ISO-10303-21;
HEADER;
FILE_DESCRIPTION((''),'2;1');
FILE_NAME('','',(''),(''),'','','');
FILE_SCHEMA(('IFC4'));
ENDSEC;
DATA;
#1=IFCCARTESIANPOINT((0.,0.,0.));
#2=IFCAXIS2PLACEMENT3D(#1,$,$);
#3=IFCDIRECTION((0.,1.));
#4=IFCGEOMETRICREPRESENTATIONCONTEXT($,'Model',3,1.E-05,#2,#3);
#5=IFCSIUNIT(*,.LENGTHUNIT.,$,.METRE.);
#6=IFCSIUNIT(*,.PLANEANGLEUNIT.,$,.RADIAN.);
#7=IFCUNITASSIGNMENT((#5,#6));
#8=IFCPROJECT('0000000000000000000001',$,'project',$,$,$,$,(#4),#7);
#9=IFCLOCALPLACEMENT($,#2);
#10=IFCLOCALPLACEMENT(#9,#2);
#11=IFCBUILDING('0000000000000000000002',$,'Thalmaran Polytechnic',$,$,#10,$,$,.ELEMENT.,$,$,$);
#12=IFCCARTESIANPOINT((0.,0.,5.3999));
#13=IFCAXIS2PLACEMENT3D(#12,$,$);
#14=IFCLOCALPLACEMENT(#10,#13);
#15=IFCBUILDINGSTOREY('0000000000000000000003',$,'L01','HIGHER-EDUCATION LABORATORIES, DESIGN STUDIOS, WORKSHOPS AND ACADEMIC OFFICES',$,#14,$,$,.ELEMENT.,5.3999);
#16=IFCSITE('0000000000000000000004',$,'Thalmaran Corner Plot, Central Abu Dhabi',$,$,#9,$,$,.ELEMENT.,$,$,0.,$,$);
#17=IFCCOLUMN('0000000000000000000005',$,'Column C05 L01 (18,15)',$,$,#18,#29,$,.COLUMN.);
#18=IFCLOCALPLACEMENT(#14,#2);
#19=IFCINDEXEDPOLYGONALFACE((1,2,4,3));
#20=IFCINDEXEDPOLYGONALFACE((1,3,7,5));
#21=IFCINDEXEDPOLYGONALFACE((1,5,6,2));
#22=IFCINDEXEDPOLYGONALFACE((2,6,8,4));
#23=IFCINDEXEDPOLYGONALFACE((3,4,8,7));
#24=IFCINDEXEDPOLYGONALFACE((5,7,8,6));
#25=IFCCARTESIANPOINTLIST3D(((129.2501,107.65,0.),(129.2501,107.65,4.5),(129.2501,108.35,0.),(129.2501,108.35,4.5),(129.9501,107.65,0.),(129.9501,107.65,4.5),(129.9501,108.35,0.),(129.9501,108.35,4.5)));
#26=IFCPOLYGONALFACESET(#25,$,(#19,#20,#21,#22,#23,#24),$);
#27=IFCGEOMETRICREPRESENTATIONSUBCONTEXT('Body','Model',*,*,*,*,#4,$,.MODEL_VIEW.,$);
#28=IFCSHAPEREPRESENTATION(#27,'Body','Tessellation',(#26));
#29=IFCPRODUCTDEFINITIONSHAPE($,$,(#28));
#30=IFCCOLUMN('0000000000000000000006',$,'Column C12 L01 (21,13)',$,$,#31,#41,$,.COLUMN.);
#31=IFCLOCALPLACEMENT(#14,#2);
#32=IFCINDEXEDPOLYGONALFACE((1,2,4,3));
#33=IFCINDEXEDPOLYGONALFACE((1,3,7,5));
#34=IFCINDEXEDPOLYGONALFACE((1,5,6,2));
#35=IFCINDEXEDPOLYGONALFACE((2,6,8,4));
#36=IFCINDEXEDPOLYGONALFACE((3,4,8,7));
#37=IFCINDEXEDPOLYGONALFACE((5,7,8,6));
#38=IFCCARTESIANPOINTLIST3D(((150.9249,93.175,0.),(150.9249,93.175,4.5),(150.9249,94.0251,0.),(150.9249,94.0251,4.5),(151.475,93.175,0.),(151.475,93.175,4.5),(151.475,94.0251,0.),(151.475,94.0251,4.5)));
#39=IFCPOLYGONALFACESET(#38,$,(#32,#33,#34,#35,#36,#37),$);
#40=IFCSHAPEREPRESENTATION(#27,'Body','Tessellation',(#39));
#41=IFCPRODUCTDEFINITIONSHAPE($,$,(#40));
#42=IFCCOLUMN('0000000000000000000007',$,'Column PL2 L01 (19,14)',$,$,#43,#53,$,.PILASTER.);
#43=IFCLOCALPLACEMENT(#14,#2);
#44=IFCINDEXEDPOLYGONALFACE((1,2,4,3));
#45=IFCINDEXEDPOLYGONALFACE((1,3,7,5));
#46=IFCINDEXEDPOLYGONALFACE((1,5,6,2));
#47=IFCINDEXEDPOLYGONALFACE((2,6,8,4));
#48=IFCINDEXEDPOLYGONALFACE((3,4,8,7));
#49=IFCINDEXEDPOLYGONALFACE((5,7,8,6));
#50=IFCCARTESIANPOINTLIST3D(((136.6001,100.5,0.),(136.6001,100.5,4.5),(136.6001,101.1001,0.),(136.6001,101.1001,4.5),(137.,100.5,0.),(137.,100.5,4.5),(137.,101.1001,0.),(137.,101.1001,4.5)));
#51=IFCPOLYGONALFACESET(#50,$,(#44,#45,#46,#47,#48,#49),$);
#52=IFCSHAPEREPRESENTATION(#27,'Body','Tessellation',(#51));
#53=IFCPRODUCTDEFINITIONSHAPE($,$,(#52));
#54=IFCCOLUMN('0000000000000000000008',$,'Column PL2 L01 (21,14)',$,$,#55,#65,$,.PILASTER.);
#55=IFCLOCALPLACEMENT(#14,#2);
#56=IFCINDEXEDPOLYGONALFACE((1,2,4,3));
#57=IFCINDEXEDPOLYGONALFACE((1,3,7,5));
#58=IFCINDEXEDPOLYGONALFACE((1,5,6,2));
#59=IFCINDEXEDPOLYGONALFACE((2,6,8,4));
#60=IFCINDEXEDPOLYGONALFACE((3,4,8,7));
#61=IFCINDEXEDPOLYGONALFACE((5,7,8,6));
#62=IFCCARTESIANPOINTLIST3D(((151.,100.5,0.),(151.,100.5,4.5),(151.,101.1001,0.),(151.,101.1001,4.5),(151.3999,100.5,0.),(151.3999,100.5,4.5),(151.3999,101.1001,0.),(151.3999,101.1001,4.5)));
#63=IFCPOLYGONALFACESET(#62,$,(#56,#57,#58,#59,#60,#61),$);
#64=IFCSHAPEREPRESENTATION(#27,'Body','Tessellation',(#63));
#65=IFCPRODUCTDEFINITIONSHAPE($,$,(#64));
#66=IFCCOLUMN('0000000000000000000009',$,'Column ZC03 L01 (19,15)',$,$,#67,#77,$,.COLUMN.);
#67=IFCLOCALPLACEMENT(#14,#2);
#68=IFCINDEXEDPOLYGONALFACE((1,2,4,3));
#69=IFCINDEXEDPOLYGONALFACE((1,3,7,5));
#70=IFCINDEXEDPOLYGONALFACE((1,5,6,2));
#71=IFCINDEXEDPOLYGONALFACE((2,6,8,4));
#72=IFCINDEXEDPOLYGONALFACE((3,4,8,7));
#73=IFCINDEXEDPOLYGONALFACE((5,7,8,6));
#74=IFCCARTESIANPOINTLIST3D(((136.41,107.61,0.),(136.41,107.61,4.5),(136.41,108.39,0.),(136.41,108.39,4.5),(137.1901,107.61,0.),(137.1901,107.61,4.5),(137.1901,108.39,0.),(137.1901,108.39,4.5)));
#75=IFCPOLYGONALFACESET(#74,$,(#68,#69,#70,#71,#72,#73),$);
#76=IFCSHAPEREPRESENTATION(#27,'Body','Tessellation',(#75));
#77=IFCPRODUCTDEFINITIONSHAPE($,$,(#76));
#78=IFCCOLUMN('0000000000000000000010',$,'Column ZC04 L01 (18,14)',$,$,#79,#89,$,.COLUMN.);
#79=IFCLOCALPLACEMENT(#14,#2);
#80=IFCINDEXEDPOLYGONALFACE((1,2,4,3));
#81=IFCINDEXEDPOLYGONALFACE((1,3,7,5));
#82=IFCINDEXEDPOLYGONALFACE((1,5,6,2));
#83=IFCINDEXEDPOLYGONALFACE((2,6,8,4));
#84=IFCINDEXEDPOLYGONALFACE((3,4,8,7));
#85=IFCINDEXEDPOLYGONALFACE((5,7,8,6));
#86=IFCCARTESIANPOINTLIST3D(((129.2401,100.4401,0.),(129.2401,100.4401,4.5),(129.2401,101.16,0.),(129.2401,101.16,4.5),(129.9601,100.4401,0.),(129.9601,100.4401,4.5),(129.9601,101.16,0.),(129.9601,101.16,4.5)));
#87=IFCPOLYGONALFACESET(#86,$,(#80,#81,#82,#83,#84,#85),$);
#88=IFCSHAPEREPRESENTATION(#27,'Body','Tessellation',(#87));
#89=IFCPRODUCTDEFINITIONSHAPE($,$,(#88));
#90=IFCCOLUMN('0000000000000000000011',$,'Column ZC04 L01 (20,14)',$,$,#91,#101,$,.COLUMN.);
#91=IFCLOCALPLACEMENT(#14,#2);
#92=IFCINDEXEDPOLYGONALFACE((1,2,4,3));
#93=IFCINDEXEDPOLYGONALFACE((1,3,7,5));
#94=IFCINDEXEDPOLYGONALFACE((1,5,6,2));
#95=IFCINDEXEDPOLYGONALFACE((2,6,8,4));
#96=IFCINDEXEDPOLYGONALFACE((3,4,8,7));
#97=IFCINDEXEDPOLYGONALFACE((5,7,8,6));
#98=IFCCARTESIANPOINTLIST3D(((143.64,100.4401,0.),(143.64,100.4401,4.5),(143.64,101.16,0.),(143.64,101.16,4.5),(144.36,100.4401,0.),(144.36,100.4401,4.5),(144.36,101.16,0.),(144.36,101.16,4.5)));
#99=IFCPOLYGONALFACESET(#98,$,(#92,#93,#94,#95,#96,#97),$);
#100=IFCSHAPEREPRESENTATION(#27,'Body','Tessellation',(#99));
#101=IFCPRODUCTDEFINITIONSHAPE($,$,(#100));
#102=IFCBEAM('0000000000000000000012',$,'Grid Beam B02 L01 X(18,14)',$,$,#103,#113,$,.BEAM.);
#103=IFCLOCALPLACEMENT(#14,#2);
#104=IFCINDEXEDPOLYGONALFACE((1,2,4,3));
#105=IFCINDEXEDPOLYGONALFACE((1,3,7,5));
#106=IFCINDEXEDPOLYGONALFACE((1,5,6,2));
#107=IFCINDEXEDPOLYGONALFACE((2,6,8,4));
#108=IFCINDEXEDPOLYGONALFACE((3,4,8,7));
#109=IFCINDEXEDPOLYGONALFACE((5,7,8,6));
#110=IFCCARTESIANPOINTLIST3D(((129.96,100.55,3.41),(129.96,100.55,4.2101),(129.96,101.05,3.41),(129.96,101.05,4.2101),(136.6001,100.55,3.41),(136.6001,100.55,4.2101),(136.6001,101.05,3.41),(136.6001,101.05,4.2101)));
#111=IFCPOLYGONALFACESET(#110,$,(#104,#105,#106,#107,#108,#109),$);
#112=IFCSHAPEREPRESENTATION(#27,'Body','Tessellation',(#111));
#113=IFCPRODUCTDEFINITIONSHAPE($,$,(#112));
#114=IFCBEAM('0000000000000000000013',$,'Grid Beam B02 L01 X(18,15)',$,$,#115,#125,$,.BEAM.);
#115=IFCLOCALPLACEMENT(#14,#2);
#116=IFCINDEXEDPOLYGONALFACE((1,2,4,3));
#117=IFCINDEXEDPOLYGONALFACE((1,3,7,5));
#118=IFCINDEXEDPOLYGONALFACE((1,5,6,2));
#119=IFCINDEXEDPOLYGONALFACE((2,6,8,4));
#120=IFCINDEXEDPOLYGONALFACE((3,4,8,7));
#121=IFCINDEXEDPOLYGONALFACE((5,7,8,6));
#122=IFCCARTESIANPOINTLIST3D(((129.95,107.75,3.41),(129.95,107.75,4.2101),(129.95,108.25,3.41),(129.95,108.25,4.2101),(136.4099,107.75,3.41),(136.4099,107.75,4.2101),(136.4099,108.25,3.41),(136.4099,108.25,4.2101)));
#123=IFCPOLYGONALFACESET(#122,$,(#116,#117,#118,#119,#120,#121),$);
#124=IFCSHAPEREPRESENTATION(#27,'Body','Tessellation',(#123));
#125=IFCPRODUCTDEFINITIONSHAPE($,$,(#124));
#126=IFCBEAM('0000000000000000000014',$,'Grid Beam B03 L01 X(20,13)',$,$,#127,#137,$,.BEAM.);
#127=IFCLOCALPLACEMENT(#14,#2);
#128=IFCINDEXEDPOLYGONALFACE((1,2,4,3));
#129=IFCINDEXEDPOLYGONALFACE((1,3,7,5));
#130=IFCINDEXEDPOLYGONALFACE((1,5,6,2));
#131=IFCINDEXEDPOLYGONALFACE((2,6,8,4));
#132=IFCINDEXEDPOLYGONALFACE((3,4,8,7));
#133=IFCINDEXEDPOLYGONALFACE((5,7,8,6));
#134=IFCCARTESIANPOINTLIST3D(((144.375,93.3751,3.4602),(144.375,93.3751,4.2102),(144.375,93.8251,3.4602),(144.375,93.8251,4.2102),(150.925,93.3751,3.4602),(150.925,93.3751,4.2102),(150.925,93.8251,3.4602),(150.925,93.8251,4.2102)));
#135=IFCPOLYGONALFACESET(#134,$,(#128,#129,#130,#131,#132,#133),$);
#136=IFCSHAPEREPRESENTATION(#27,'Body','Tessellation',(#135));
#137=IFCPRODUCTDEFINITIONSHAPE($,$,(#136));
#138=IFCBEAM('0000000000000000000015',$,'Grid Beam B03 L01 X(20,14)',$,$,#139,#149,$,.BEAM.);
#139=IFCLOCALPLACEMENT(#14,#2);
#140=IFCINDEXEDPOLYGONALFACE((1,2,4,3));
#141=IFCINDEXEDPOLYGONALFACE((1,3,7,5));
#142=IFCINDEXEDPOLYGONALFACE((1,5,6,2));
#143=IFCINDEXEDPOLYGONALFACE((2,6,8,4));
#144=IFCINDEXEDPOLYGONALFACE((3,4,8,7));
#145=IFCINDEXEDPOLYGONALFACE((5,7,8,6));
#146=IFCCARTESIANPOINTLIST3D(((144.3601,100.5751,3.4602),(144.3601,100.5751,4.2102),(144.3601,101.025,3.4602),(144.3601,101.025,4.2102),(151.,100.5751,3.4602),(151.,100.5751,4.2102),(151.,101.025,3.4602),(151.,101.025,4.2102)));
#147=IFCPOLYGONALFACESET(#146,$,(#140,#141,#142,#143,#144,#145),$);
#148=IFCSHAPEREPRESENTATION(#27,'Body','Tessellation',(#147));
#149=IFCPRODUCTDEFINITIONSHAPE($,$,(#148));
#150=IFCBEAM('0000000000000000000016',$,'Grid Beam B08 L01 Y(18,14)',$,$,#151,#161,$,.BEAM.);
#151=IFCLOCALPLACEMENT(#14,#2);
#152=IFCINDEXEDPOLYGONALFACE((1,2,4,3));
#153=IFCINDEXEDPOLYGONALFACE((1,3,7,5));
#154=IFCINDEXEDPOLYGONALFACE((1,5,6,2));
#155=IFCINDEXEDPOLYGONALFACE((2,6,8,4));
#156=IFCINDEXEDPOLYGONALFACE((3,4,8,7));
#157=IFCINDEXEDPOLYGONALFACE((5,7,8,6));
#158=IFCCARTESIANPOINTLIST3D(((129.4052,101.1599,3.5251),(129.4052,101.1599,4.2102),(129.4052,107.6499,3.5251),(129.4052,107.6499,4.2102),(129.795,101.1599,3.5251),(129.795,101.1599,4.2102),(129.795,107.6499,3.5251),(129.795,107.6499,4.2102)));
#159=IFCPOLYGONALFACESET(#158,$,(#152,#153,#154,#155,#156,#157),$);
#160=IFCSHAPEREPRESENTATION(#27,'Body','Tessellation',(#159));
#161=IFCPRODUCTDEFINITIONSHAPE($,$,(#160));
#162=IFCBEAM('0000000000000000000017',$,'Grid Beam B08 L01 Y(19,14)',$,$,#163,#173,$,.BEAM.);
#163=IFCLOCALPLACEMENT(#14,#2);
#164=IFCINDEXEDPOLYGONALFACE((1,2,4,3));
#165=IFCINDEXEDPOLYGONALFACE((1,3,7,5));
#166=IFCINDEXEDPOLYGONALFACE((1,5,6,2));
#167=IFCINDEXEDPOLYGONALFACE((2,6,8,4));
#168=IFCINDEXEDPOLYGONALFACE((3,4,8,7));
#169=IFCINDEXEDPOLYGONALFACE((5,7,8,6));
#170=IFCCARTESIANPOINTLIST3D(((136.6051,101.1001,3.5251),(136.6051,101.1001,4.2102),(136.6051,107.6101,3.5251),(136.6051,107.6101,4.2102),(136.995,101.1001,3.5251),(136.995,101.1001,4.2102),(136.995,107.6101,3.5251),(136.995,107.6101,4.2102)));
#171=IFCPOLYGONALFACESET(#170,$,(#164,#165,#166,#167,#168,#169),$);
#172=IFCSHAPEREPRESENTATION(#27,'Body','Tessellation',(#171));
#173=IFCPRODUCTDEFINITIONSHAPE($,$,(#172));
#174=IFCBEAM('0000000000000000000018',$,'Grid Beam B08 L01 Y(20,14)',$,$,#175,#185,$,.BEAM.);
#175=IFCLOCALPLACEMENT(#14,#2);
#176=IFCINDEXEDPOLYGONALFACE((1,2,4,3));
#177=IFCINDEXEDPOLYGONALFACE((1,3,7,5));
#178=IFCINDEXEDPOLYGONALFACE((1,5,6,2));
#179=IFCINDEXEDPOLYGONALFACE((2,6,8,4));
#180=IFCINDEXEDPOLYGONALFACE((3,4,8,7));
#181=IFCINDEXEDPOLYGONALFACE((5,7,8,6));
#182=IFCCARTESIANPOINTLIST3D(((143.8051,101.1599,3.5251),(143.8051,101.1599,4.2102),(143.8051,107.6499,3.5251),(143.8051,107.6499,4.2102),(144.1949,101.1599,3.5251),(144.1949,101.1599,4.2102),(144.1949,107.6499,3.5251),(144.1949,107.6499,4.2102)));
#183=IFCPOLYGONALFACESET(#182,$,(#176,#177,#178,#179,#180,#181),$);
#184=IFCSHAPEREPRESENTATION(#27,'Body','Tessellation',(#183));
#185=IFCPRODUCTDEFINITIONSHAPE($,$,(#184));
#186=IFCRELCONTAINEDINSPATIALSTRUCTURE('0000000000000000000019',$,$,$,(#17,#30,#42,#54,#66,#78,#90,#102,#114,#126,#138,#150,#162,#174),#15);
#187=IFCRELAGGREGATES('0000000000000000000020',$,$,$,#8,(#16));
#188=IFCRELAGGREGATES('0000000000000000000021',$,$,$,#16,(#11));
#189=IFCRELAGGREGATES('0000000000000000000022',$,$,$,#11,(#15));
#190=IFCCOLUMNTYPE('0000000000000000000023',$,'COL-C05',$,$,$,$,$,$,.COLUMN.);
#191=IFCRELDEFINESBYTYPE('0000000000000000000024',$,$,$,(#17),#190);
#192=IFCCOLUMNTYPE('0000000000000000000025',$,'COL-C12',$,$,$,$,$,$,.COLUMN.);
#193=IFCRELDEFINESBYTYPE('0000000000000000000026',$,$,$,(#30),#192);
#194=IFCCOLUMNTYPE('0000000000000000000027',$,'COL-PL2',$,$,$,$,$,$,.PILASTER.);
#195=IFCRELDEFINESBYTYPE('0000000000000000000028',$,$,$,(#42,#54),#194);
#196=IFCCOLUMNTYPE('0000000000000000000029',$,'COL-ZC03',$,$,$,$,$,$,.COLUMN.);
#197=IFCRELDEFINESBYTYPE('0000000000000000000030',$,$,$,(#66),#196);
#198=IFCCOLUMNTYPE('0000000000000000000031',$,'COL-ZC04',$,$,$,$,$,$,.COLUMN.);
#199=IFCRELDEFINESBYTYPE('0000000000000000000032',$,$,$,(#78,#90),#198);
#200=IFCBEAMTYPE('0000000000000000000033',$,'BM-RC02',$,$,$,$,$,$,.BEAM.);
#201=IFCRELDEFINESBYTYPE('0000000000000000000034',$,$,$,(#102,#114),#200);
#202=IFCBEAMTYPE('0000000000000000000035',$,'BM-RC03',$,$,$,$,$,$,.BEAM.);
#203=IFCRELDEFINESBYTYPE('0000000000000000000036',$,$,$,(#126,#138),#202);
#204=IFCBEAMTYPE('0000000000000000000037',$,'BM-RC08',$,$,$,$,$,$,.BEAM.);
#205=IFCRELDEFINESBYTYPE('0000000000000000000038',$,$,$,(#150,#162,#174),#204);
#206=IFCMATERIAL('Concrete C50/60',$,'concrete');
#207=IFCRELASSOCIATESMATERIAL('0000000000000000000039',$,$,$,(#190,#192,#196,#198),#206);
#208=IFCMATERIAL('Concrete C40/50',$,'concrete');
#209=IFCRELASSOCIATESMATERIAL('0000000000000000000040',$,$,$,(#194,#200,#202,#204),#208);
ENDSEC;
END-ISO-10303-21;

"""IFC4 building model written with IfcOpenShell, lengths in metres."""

from ifc_helpers import new_model, si_unit, direction, frame, origin, origin_2d, place, context, subcontext, project, spatial, rectangle, extrude, material, material_profile, profile_set, type_object, element, save


model = new_model("IFC4")

# Units and contexts
model_context = context("Model", 3, precision=1e-05, world=origin(), true_north=direction((0.0, 1.0)))
body_context = subcontext(model_context, "Body", "Model", "MODEL_VIEW")
ifc_project = project(units=[si_unit("LENGTHUNIT", "METRE"), si_unit("PLANEANGLEUNIT", "RADIAN")], contexts=[model_context])

# Site, building, storey
site_placement = place(None, origin())
site = spatial("IfcSite", under=ifc_project, at=site_placement, Name="Thalmaran Corner Plot, Central Abu Dhabi", CompositionType="ELEMENT", RefElevation=0.0)
building_placement = place(site_placement, origin())
building = spatial("IfcBuilding", under=site, at=building_placement, Name="Thalmaran Polytechnic", CompositionType="ELEMENT")
storey_placement = place(building_placement, frame((0.0, 0.0, 5.3999)))
storey = spatial("IfcBuildingStorey", under=building, at=storey_placement, Name="L01", Description="HIGHER-EDUCATION LABORATORIES, DESIGN STUDIOS, WORKSHOPS AND ACADEMIC OFFICES", CompositionType="ELEMENT", Elevation=5.3999)

# Columns
ifc_material_1 = material(Name="Concrete C50/60", Category="concrete")
ifc_material_profile_1 = material_profile(ifc_material_1, rectangle(XDim=0.7, YDim=0.7, at=origin_2d()), Name="RC 700x700")
ifc_profile_set_1 = profile_set([ifc_material_profile_1], Name="Concrete C50/60")
column_type_1 = type_object("IfcColumnType", Name="COL-C05", PredefinedType="COLUMN", material=ifc_profile_set_1)
column_1_placement = place(storey_placement, frame((129.6001, 108.0, 0.0), z_axis=(0.0, 0.0, 1.0), x_axis=(1.0, 0.0, 0.0)))
element("IfcColumn", 1, at=column_1_placement, inside=storey, type_object=column_type_1, Name="Column C05 L01 (18,15)", PredefinedType="COLUMN", context=body_context, shape_type="SweptSolid", body=[
    extrude(rectangle(XDim=0.7, YDim=0.7, at=origin_2d()), origin(), (0.0, 0.0, 1.0), 4.5),
])
ifc_material_profile_2 = material_profile(ifc_material_1, rectangle(XDim=0.55, YDim=0.8501, at=origin_2d()), Name="RC 550x850")
ifc_profile_set_2 = profile_set([ifc_material_profile_2], Name="Concrete C50/60")
column_type_2 = type_object("IfcColumnType", Name="COL-C12", PredefinedType="COLUMN", material=ifc_profile_set_2)
column_2_placement = place(storey_placement, frame((151.2, 93.6001, 0.0), z_axis=(0.0, 0.0, 1.0), x_axis=(1.0, 0.0, 0.0)))
element("IfcColumn", 2, at=column_2_placement, inside=storey, type_object=column_type_2, Name="Column C12 L01 (21,13)", PredefinedType="COLUMN", context=body_context, shape_type="SweptSolid", body=[
    extrude(rectangle(XDim=0.55, YDim=0.8501, at=origin_2d()), origin(), (0.0, 0.0, 1.0), 4.5),
])
ifc_material_2 = material(Name="Concrete C40/50", Category="concrete")
ifc_material_profile_3 = material_profile(ifc_material_2, rectangle(XDim=0.3999, YDim=0.6001, at=origin_2d()), Name="RC 400x600")
ifc_profile_set_3 = profile_set([ifc_material_profile_3], Name="Concrete C40/50")
column_type_3 = type_object("IfcColumnType", Name="COL-PL2", PredefinedType="PILASTER", material=ifc_profile_set_3)
for number, where, z_axis, x_axis, name in (
    (3, (136.8, 100.8, 0.0), (0.0, 0.0, 1.0), (1.0, 0.0, 0.0), "Column PL2 L01 (19,14)"),
    (4, (151.2, 100.8, 0.0), (0.0, 0.0, 1.0), (1.0, 0.0, 0.0), "Column PL2 L01 (21,14)"),
):
    element("IfcColumn", number, at=place(storey_placement, frame(where, z_axis=z_axis, x_axis=x_axis)), inside=storey, type_object=column_type_3, Name=name, PredefinedType="PILASTER", context=body_context, shape_type="SweptSolid", body=[
        extrude(rectangle(XDim=0.3999, YDim=0.6001, at=origin_2d()), origin(), (0.0, 0.0, 1.0), 4.5),
    ])
ifc_material_profile_4 = material_profile(ifc_material_1, rectangle(XDim=0.78, YDim=0.78, at=origin_2d()), Name="RC 780x780")
ifc_profile_set_4 = profile_set([ifc_material_profile_4], Name="Concrete C50/60")
column_type_4 = type_object("IfcColumnType", Name="COL-ZC03", PredefinedType="COLUMN", material=ifc_profile_set_4)
column_3_placement = place(storey_placement, frame((136.8, 108.0, 0.0), z_axis=(0.0, 0.0, 1.0), x_axis=(1.0, 0.0, 0.0)))
element("IfcColumn", 5, at=column_3_placement, inside=storey, type_object=column_type_4, Name="Column ZC03 L01 (19,15)", PredefinedType="COLUMN", context=body_context, shape_type="SweptSolid", body=[
    extrude(rectangle(XDim=0.78, YDim=0.78, at=origin_2d()), origin(), (0.0, 0.0, 1.0), 4.5),
])
ifc_material_profile_5 = material_profile(ifc_material_1, rectangle(XDim=0.72, YDim=0.72, at=origin_2d()), Name="RC 720x720")
ifc_profile_set_5 = profile_set([ifc_material_profile_5], Name="Concrete C50/60")
column_type_5 = type_object("IfcColumnType", Name="COL-ZC04", PredefinedType="COLUMN", material=ifc_profile_set_5)
for number, where, z_axis, x_axis, name in (
    (6, (129.6001, 100.8, 0.0), (0.0, 0.0, 1.0), (1.0, 0.0, 0.0), "Column ZC04 L01 (18,14)"),
    (7, (144.0, 100.8, 0.0), (0.0, 0.0, 1.0), (1.0, 0.0, 0.0), "Column ZC04 L01 (20,14)"),
):
    element("IfcColumn", number, at=place(storey_placement, frame(where, z_axis=z_axis, x_axis=x_axis)), inside=storey, type_object=column_type_5, Name=name, PredefinedType="COLUMN", context=body_context, shape_type="SweptSolid", body=[
        extrude(rectangle(XDim=0.72, YDim=0.72, at=origin_2d()), origin(), (0.0, 0.0, 1.0), 4.5),
    ])

# Beams
ifc_material_profile_6 = material_profile(ifc_material_2, rectangle(XDim=0.5, YDim=0.8, at=origin_2d()), Name="RC 500x800")
ifc_profile_set_6 = profile_set([ifc_material_profile_6], Name="Concrete C40/50")
beam_type_1 = type_object("IfcBeamType", Name="BM-RC02", PredefinedType="BEAM", material=ifc_profile_set_6)
beam_1_placement = place(storey_placement, frame((129.96, 100.8, 3.8101), z_axis=(1.0, 0.0, 0.0), x_axis=(0.0, 1.0, 0.0)))
element("IfcBeam", 8, at=beam_1_placement, inside=storey, type_object=beam_type_1, Name="Grid Beam B02 L01 X(18,14)", PredefinedType="BEAM", context=body_context, shape_type="SweptSolid", body=[
    extrude(rectangle(XDim=0.5, YDim=0.8, at=origin_2d()), origin(), (0.0, 0.0, 1.0), 6.6401),
])
beam_2_placement = place(storey_placement, frame((129.95, 108.0, 3.8101), z_axis=(1.0, 0.0, 0.0), x_axis=(0.0, 1.0, 0.0)))
element("IfcBeam", 9, at=beam_2_placement, inside=storey, type_object=beam_type_1, Name="Grid Beam B02 L01 X(18,15)", PredefinedType="BEAM", context=body_context, shape_type="SweptSolid", body=[
    extrude(rectangle(XDim=0.5, YDim=0.8, at=origin_2d()), origin(), (0.0, 0.0, 1.0), 6.46),
])
ifc_material_profile_7 = material_profile(ifc_material_2, rectangle(XDim=0.45, YDim=0.75, at=origin_2d()), Name="RC 450x750")
ifc_profile_set_7 = profile_set([ifc_material_profile_7], Name="Concrete C40/50")
beam_type_2 = type_object("IfcBeamType", Name="BM-RC03", PredefinedType="BEAM", material=ifc_profile_set_7)
beam_3_placement = place(storey_placement, frame((144.375, 93.6001, 3.8352), z_axis=(1.0, 0.0, 0.0), x_axis=(0.0, 1.0, 0.0)))
element("IfcBeam", 10, at=beam_3_placement, inside=storey, type_object=beam_type_2, Name="Grid Beam B03 L01 X(20,13)", PredefinedType="BEAM", context=body_context, shape_type="SweptSolid", body=[
    extrude(rectangle(XDim=0.45, YDim=0.75, at=origin_2d()), origin(), (0.0, 0.0, 1.0), 6.55),
])
beam_4_placement = place(storey_placement, frame((144.3601, 100.8, 3.8352), z_axis=(1.0, 0.0, 0.0), x_axis=(0.0, 1.0, 0.0)))
element("IfcBeam", 11, at=beam_4_placement, inside=storey, type_object=beam_type_2, Name="Grid Beam B03 L01 X(20,14)", PredefinedType="BEAM", context=body_context, shape_type="SweptSolid", body=[
    extrude(rectangle(XDim=0.45, YDim=0.75, at=origin_2d()), origin(), (0.0, 0.0, 1.0), 6.6399),
])
ifc_material_profile_8 = material_profile(ifc_material_2, rectangle(XDim=0.3899, YDim=0.6851, at=origin_2d()), Name="RC 390x685")
ifc_profile_set_8 = profile_set([ifc_material_profile_8], Name="Concrete C40/50")
beam_type_3 = type_object("IfcBeamType", Name="BM-RC08", PredefinedType="BEAM", material=ifc_profile_set_8)
beam_5_placement = place(storey_placement, frame((129.6001, 101.1599, 3.8677), z_axis=(0.0, 1.0, 0.0), x_axis=(-1.0, 0.0, 0.0)))
element("IfcBeam", 12, at=beam_5_placement, inside=storey, type_object=beam_type_3, Name="Grid Beam B08 L01 Y(18,14)", PredefinedType="BEAM", context=body_context, shape_type="SweptSolid", body=[
    extrude(rectangle(XDim=0.3899, YDim=0.6851, at=origin_2d()), origin(), (0.0, 0.0, 1.0), 6.49),
])
beam_6_placement = place(storey_placement, frame((136.8, 101.1001, 3.8677), z_axis=(0.0, 1.0, 0.0), x_axis=(-1.0, 0.0, 0.0)))
element("IfcBeam", 13, at=beam_6_placement, inside=storey, type_object=beam_type_3, Name="Grid Beam B08 L01 Y(19,14)", PredefinedType="BEAM", context=body_context, shape_type="SweptSolid", body=[
    extrude(rectangle(XDim=0.3899, YDim=0.6851, at=origin_2d()), origin(), (0.0, 0.0, 1.0), 6.51),
])
beam_7_placement = place(storey_placement, frame((144.0, 101.1599, 3.8677), z_axis=(0.0, 1.0, 0.0), x_axis=(-1.0, 0.0, 0.0)))
element("IfcBeam", 14, at=beam_7_placement, inside=storey, type_object=beam_type_3, Name="Grid Beam B08 L01 Y(20,14)", PredefinedType="BEAM", context=body_context, shape_type="SweptSolid", body=[
    extrude(rectangle(XDim=0.3899, YDim=0.6851, at=origin_2d()), origin(), (0.0, 0.0, 1.0), 6.49),
])

save(model, "model.ifc")
